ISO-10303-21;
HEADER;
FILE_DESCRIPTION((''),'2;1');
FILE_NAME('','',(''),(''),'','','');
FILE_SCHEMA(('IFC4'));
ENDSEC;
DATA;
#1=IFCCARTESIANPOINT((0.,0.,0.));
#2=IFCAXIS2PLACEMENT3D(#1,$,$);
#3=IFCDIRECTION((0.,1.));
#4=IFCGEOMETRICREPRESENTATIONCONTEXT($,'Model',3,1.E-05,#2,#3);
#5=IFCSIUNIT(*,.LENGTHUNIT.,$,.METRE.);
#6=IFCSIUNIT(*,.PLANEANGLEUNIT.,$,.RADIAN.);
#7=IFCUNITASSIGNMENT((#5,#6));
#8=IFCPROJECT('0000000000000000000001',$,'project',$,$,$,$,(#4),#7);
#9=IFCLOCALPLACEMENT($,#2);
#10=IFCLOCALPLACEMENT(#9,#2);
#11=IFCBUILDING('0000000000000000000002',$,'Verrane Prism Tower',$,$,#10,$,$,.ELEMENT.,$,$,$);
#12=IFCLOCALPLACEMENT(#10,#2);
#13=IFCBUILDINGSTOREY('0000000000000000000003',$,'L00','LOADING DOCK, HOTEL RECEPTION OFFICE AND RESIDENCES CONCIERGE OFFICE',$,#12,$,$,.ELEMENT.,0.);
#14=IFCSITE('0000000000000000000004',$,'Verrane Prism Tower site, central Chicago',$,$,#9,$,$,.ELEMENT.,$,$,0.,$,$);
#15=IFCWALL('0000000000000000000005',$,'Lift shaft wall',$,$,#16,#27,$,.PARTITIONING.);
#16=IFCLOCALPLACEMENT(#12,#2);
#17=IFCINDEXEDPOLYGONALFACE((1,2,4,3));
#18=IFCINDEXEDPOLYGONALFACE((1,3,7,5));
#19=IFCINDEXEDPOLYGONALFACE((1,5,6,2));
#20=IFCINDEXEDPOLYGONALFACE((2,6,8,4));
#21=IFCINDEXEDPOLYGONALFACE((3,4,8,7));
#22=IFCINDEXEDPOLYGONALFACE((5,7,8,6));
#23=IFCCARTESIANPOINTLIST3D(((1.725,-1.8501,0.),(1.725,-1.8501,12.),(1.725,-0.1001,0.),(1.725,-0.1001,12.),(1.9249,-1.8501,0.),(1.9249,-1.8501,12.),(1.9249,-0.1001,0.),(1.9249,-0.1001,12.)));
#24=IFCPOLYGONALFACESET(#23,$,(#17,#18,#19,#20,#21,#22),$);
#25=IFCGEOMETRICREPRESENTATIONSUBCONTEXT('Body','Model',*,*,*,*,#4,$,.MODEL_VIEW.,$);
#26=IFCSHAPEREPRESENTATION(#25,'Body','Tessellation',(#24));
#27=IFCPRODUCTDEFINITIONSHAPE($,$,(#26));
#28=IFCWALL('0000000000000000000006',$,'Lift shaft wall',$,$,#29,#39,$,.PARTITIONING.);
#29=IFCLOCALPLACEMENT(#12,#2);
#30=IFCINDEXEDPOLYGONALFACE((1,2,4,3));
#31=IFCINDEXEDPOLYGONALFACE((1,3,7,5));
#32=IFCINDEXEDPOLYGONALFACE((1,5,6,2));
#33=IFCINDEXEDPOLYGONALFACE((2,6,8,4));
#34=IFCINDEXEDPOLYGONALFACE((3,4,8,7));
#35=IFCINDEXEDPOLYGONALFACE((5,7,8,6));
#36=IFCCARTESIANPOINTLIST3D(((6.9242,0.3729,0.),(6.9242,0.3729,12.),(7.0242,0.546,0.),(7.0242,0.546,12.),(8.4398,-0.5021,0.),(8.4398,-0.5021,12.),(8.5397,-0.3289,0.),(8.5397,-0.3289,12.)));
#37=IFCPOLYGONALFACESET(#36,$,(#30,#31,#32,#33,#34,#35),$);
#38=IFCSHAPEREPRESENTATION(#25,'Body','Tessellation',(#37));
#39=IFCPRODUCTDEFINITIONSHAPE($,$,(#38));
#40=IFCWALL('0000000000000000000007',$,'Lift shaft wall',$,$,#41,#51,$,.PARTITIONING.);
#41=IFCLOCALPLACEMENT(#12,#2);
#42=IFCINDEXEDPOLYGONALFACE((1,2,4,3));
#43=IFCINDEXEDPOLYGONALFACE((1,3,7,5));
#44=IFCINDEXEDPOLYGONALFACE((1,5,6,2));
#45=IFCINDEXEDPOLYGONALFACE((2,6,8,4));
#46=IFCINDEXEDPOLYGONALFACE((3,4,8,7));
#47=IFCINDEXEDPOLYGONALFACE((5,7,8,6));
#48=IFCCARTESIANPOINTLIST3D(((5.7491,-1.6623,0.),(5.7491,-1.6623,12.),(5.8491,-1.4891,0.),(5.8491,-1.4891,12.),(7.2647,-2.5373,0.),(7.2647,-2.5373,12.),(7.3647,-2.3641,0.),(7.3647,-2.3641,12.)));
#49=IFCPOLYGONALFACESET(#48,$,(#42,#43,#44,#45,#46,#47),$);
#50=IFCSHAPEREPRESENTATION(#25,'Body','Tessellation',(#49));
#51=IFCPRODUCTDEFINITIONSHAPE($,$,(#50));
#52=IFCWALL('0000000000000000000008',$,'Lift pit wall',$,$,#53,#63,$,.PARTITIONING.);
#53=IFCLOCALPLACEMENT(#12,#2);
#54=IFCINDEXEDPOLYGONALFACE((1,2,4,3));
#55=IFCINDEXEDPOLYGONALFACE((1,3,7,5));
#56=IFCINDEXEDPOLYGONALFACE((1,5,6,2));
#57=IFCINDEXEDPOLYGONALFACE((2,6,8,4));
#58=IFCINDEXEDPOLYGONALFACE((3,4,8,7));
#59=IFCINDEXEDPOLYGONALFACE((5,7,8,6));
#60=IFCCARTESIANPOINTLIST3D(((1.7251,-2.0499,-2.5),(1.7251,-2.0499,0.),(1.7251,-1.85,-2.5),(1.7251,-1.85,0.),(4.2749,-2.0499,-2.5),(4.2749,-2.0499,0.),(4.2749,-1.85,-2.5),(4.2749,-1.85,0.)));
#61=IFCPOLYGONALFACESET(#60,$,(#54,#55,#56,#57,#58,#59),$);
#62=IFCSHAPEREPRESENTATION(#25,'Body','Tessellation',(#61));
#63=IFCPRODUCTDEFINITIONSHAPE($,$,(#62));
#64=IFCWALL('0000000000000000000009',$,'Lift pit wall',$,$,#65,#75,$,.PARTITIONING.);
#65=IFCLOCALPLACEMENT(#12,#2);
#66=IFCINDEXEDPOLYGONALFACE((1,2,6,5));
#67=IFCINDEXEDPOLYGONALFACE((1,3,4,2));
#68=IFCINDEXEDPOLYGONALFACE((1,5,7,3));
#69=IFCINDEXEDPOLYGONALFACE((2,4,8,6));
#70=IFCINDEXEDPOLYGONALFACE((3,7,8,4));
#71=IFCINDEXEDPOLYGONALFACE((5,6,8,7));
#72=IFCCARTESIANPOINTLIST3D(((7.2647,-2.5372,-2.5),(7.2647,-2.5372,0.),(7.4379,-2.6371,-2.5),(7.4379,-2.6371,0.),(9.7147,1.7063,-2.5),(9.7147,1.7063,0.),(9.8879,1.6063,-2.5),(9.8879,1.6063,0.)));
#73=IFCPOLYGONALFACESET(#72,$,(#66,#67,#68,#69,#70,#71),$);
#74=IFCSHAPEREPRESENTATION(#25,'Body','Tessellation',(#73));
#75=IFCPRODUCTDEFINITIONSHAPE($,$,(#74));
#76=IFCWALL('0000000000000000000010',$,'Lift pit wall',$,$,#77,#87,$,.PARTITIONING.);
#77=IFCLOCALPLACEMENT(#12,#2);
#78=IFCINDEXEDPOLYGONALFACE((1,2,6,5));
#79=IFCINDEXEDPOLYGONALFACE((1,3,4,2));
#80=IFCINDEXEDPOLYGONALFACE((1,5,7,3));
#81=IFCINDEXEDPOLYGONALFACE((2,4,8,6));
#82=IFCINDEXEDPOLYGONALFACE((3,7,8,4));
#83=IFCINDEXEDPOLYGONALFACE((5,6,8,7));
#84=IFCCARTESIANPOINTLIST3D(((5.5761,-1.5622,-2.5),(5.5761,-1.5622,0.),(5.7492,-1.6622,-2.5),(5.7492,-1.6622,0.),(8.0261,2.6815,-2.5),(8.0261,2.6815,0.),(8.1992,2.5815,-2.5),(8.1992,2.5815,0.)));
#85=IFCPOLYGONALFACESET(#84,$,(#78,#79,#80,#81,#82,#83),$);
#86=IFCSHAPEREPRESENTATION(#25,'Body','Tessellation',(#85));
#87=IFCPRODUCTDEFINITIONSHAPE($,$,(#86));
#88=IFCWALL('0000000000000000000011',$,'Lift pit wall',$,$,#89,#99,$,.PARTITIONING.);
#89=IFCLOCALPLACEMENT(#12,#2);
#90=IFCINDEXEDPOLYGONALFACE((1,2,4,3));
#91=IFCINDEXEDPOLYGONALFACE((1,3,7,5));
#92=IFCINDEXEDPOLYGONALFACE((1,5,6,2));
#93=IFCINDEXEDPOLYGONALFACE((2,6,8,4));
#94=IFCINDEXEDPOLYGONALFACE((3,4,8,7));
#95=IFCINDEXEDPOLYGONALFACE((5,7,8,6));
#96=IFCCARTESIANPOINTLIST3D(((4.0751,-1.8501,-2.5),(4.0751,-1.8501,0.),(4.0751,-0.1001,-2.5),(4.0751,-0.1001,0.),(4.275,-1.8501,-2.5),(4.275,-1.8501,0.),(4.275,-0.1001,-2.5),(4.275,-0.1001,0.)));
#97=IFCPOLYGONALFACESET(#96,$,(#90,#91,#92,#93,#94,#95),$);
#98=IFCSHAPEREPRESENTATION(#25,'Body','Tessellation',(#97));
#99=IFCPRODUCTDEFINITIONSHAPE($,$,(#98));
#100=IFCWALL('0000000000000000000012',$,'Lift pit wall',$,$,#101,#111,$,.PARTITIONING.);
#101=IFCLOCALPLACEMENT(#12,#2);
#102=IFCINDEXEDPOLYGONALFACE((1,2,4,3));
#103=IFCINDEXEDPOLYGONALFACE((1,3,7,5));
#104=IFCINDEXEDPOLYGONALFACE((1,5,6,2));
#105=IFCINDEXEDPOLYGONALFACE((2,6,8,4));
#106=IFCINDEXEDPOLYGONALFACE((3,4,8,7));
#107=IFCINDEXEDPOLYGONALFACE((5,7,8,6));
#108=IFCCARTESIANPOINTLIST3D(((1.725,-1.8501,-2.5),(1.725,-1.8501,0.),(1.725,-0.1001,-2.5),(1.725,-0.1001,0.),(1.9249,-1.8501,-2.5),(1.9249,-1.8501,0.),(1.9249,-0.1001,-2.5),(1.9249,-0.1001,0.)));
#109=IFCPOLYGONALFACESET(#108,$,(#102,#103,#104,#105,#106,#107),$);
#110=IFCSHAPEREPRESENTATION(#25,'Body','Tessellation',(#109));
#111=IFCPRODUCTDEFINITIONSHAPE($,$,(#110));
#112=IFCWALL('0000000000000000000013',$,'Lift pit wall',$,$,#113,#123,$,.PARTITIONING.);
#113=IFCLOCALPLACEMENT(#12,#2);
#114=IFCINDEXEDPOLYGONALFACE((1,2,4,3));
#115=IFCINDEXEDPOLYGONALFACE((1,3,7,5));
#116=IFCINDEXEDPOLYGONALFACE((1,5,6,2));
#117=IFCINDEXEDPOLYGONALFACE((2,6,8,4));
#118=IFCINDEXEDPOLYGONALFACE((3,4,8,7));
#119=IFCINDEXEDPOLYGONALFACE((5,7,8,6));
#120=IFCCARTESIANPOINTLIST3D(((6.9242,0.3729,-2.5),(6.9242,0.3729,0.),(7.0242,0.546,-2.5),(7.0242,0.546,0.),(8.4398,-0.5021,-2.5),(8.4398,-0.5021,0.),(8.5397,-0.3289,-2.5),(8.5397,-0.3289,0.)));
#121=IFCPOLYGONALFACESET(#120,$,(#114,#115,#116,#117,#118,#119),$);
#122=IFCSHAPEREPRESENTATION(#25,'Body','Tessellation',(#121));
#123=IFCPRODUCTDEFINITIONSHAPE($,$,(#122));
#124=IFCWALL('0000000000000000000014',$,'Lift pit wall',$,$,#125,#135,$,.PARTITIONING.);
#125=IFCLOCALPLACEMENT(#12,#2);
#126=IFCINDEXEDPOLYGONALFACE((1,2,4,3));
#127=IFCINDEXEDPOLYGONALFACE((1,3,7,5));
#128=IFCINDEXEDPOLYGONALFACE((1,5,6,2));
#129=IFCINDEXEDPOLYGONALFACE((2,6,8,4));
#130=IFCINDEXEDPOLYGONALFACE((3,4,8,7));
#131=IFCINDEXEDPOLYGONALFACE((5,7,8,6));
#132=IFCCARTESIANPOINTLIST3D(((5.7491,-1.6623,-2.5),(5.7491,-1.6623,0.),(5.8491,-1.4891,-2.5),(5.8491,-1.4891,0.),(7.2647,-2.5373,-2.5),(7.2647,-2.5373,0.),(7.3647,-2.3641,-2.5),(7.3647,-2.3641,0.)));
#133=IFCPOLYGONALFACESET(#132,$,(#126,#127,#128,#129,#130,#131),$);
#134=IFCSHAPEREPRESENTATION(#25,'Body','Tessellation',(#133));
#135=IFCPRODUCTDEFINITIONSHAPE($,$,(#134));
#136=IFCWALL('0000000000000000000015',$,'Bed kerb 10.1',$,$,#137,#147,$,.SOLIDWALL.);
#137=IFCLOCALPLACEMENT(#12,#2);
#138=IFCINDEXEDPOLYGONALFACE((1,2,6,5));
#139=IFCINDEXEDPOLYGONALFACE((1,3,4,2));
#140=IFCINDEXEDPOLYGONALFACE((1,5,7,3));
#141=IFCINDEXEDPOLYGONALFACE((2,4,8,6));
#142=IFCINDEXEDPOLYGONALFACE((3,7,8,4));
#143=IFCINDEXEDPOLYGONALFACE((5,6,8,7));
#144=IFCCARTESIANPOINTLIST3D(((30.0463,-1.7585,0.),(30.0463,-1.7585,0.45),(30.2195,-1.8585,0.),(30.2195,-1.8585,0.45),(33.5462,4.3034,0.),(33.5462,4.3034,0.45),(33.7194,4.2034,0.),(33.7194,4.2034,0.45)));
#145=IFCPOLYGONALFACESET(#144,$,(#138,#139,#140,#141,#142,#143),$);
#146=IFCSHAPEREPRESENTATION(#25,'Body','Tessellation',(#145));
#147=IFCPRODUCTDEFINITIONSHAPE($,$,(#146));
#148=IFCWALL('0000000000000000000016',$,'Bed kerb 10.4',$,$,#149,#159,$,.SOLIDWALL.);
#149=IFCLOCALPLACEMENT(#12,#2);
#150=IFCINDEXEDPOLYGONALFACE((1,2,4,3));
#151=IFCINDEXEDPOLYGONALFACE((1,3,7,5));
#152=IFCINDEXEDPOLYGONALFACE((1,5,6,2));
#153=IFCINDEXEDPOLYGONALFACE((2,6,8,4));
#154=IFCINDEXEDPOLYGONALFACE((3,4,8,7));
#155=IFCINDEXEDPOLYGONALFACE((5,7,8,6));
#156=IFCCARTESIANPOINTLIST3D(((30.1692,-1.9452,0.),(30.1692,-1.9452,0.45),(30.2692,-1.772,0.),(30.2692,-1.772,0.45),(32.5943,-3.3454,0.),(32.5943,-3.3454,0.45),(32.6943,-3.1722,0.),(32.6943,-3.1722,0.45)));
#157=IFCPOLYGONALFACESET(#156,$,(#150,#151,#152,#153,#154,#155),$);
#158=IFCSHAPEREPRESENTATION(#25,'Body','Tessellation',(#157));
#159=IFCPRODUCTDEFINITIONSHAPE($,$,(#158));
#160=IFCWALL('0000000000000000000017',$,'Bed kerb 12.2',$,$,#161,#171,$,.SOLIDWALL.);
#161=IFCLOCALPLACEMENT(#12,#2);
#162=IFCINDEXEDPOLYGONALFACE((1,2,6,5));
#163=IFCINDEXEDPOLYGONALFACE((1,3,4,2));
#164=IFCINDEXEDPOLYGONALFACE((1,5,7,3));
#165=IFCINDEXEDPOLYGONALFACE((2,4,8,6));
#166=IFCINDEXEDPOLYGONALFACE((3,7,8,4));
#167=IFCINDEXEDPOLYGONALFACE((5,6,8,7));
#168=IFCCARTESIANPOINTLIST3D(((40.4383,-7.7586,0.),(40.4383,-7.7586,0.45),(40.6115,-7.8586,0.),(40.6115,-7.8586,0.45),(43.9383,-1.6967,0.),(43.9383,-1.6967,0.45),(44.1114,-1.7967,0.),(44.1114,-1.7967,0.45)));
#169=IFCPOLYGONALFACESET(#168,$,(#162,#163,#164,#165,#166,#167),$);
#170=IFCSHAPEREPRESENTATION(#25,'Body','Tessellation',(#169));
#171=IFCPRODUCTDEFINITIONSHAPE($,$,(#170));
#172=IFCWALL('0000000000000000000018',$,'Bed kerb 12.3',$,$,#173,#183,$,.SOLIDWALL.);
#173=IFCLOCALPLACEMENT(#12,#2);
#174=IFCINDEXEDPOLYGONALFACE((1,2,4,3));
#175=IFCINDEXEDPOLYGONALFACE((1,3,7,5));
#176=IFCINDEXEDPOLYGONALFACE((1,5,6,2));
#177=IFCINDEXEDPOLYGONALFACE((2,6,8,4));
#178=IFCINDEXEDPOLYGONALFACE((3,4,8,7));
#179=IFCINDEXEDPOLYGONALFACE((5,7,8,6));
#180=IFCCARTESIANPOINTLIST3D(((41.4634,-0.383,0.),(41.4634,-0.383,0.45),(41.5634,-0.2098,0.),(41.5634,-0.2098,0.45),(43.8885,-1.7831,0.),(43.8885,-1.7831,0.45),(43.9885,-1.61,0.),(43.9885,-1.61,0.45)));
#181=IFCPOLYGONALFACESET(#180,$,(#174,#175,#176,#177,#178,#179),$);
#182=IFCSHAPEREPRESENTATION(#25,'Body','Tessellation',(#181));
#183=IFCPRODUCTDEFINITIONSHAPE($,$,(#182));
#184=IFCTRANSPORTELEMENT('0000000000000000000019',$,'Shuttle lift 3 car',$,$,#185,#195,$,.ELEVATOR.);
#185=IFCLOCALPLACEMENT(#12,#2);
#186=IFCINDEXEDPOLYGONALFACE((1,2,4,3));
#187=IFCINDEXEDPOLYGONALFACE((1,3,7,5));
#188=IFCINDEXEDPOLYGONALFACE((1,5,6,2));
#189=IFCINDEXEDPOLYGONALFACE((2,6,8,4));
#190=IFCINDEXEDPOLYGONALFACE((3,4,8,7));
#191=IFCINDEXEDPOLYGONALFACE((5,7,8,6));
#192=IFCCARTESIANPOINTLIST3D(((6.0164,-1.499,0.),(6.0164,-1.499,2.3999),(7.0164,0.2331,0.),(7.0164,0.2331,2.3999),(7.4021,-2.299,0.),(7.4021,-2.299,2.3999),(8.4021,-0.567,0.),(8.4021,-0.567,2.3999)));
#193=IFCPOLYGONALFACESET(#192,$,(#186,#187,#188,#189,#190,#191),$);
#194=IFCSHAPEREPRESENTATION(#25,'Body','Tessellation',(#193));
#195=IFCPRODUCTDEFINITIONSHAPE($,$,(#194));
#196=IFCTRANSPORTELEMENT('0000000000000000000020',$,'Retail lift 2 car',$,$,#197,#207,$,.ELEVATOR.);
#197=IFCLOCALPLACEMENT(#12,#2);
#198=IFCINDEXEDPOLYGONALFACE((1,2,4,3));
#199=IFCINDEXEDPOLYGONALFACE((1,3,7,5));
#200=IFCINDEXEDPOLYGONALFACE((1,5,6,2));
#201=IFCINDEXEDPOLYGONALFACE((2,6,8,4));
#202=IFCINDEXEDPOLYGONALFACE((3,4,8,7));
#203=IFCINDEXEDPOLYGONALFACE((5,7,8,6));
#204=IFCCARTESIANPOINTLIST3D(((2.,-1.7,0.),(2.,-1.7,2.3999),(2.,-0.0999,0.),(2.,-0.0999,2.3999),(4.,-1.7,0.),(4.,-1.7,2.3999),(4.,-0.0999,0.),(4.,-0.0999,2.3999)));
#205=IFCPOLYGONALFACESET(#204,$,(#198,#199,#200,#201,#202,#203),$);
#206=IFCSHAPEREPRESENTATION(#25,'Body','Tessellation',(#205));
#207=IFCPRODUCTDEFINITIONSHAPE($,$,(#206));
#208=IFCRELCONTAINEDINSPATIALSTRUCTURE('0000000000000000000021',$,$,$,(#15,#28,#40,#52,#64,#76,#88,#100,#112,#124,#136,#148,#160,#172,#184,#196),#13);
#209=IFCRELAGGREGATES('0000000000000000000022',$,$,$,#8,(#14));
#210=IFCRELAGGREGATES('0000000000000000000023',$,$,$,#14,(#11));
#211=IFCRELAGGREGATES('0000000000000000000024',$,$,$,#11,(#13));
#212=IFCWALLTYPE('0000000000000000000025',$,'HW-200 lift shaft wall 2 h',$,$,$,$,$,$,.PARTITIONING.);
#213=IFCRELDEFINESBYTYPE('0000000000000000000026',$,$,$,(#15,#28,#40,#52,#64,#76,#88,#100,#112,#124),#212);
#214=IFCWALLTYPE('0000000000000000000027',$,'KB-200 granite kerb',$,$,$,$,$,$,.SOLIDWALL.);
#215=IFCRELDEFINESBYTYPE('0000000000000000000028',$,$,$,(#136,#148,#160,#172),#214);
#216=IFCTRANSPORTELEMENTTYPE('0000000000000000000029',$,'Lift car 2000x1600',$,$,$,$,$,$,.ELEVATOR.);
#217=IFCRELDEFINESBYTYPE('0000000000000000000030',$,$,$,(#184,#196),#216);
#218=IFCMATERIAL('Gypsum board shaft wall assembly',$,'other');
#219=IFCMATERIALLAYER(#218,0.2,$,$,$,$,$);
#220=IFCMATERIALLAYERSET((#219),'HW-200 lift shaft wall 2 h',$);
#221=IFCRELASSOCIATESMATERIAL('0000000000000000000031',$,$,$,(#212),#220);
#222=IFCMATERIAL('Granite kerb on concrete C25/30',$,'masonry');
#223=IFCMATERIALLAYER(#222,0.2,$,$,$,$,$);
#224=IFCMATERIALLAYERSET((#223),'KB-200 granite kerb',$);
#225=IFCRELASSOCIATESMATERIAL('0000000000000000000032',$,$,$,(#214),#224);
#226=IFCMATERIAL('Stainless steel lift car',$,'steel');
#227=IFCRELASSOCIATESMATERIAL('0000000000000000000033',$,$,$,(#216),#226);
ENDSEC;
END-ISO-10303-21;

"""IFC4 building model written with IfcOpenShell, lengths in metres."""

from ifc_helpers import new_model, si_unit, direction, frame, frame_2d, origin, origin_2d, place, context, subcontext, project, spatial, rectangle, extrude, material, layer, layer_set, type_object, element, save


model = new_model("IFC4")

# Units and contexts
model_context = context("Model", 3, precision=1e-05, world=origin(), true_north=direction((0.0, 1.0)))
body_context = subcontext(model_context, "Body", "Model", "MODEL_VIEW")
ifc_project = project(units=[si_unit("LENGTHUNIT", "METRE"), si_unit("PLANEANGLEUNIT", "RADIAN")], contexts=[model_context])

# Site, building, storey
site_placement = place(None, origin())
site = spatial("IfcSite", under=ifc_project, at=site_placement, Name="Verrane Prism Tower site, central Chicago", CompositionType="ELEMENT", RefElevation=0.0)
building_placement = place(site_placement, origin())
building = spatial("IfcBuilding", under=site, at=building_placement, Name="Verrane Prism Tower", CompositionType="ELEMENT")
storey_placement = place(building_placement, origin())
storey = spatial("IfcBuildingStorey", under=building, at=storey_placement, Name="L00", Description="LOADING DOCK, HOTEL RECEPTION OFFICE AND RESIDENCES CONCIERGE OFFICE", CompositionType="ELEMENT", Elevation=0.0)

# Shared definitions
ifc_material_1 = material(Name="Gypsum board shaft wall assembly", Category="other")
ifc_layer_1 = layer(ifc_material_1, 0.2)
ifc_layer_set_1 = layer_set([ifc_layer_1], Name="HW-200 lift shaft wall 2 h")
wall_type_1 = type_object("IfcWallType", Name="HW-200 lift shaft wall 2 h", PredefinedType="PARTITIONING", material=ifc_layer_set_1)

# Walls
for number, where, z_axis, x_axis, name in (
    (1, (1.825, -1.8501, 0.0), (0.0, 0.0, 1.0), (0.0, 1.0, 0.0), "Lift shaft wall"),
    (2, (8.4897, -0.4155, 0.0), (0.0, 0.0, 1.0), (-0.866037, 0.49998, 0.0), "Lift shaft wall"),
    (3, (7.3147, -2.4507, 0.0), (0.0, 0.0, 1.0), (-0.866037, 0.49998, 0.0), "Lift shaft wall"),
):
    element("IfcWall", number, at=place(storey_placement, frame(where, z_axis=z_axis, x_axis=x_axis)), inside=storey, type_object=wall_type_1, Name=name, PredefinedType="PARTITIONING", context=body_context, shape_type="SweptSolid", body=[
        extrude(rectangle(XDim=1.75, YDim=0.2, at=frame_2d((0.875, 0.0))), origin(), (0.0, 0.0, 1.0), 12.0),
    ])
wall_1_placement = place(storey_placement, frame((1.7251, -1.95, -2.5), z_axis=(0.0, 0.0, 1.0), x_axis=(1.0, 0.0, 0.0)))
element("IfcWall", 4, at=wall_1_placement, inside=storey, type_object=wall_type_1, Name="Lift pit wall", PredefinedType="PARTITIONING", context=body_context, shape_type="SweptSolid", body=[
    extrude(rectangle(XDim=2.5498, YDim=0.2, at=frame_2d((1.2749, 0.0))), origin(), (0.0, 0.0, 1.0), 2.5),
])
wall_2_placement = place(storey_placement, frame((7.3513, -2.5872, -2.5), z_axis=(0.0, 0.0, 1.0), x_axis=(0.500003, 0.866024, 0.0)))
element("IfcWall", 5, at=wall_2_placement, inside=storey, type_object=wall_type_1, Name="Lift pit wall", PredefinedType="PARTITIONING", context=body_context, shape_type="SweptSolid", body=[
    extrude(rectangle(XDim=4.8999, YDim=0.2, at=frame_2d((2.45, 0.0))), origin(), (0.0, 0.0, 1.0), 2.5),
])
wall_3_placement = place(storey_placement, frame((5.6626, -1.6123, -2.5), z_axis=(0.0, 0.0, 1.0), x_axis=(0.499981, 0.866036, 0.0)))
element("IfcWall", 6, at=wall_3_placement, inside=storey, type_object=wall_type_1, Name="Lift pit wall", PredefinedType="PARTITIONING", context=body_context, shape_type="SweptSolid", body=[
    extrude(rectangle(XDim=4.9001, YDim=0.2, at=frame_2d((2.4502, 0.0))), origin(), (0.0, 0.0, 1.0), 2.5),
])
for number, where, z_axis, x_axis, name in (
    (7, (4.175, -1.8501, -2.5), (0.0, 0.0, 1.0), (0.0, 1.0, 0.0), "Lift pit wall"),
    (8, (1.825, -1.8501, -2.5), (0.0, 0.0, 1.0), (0.0, 1.0, 0.0), "Lift pit wall"),
    (9, (8.4897, -0.4155, -2.5), (0.0, 0.0, 1.0), (-0.866037, 0.49998, 0.0), "Lift pit wall"),
    (10, (7.3147, -2.4507, -2.5), (0.0, 0.0, 1.0), (-0.866037, 0.49998, 0.0), "Lift pit wall"),
):
    element("IfcWall", number, at=place(storey_placement, frame(where, z_axis=z_axis, x_axis=x_axis)), inside=storey, type_object=wall_type_1, Name=name, PredefinedType="PARTITIONING", context=body_context, shape_type="SweptSolid", body=[
        extrude(rectangle(XDim=1.75, YDim=0.2, at=frame_2d((0.875, 0.0))), origin(), (0.0, 0.0, 1.0), 2.5),
    ])
ifc_material_2 = material(Name="Granite kerb on concrete C25/30", Category="masonry")
ifc_layer_2 = layer(ifc_material_2, 0.2)
ifc_layer_set_2 = layer_set([ifc_layer_2], Name="KB-200 granite kerb")
wall_type_2 = type_object("IfcWallType", Name="KB-200 granite kerb", PredefinedType="SOLIDWALL", material=ifc_layer_set_2)
wall_4_placement = place(storey_placement, frame((30.1328, -1.8086, 0.0), z_axis=(0.0, 0.0, 1.0), x_axis=(0.50001, 0.866019, 0.0)))
element("IfcWall", 11, at=wall_4_placement, inside=storey, type_object=wall_type_2, Name="Bed kerb 10.1", PredefinedType="SOLIDWALL", context=body_context, shape_type="SweptSolid", body=[
    extrude(rectangle(XDim=6.9998, YDim=0.2, at=frame_2d((3.5, 0.0))), origin(), (0.0, 0.0, 1.0), 0.45),
])
wall_5_placement = place(storey_placement, frame((32.6443, -3.2588, 0.0), z_axis=(0.0, 0.0, 1.0), x_axis=(-0.866019, 0.500012, 0.0)))
element("IfcWall", 12, at=wall_5_placement, inside=storey, type_object=wall_type_2, Name="Bed kerb 10.4", PredefinedType="SOLIDWALL", context=body_context, shape_type="SweptSolid", body=[
    extrude(rectangle(XDim=2.8003, YDim=0.2, at=frame_2d((1.4001, 0.0))), origin(), (0.0, 0.0, 1.0), 0.45),
])
wall_6_placement = place(storey_placement, frame((44.0249, -1.7466, 0.0), z_axis=(0.0, 0.0, 1.0), x_axis=(-0.50001, -0.866019, 0.0)))
element("IfcWall", 13, at=wall_6_placement, inside=storey, type_object=wall_type_2, Name="Bed kerb 12.2", PredefinedType="SOLIDWALL", context=body_context, shape_type="SweptSolid", body=[
    extrude(rectangle(XDim=6.9998, YDim=0.2, at=frame_2d((3.5, 0.0))), origin(), (0.0, 0.0, 1.0), 0.45),
])
wall_7_placement = place(storey_placement, frame((41.5134, -0.2964, 0.0), z_axis=(0.0, 0.0, 1.0), x_axis=(0.866019, -0.500012, 0.0)))
element("IfcWall", 14, at=wall_7_placement, inside=storey, type_object=wall_type_2, Name="Bed kerb 12.3", PredefinedType="SOLIDWALL", context=body_context, shape_type="SweptSolid", body=[
    extrude(rectangle(XDim=2.8003, YDim=0.2, at=frame_2d((1.4001, 0.0))), origin(), (0.0, 0.0, 1.0), 0.45),
])

# Transport elements
ifc_material_3 = material(Name="Stainless steel lift car", Category="steel")
transport_element_type = type_object("IfcTransportElementType", Name="Lift car 2000x1600", PredefinedType="ELEVATOR", material=ifc_material_3)
for number, where, z_axis, x_axis, name in (
    (15, (7.2092, -1.033, 0.0), (0.0, 0.0, 1.0), (0.5, 0.866025, 0.0), "Shuttle lift 3 car"),
    (16, (3.0, -0.8999, 0.0), (0.0, 0.0, 1.0), (-1.0, 0.0, 0.0), "Retail lift 2 car"),
):
    element("IfcTransportElement", number, at=place(storey_placement, frame(where, z_axis=z_axis, x_axis=x_axis)), inside=storey, type_object=transport_element_type, Name=name, PredefinedType="ELEVATOR", context=body_context, shape_type="SweptSolid", body=[
        extrude(rectangle(XDim=2.0, YDim=1.6001, at=origin_2d()), origin(), (0.0, 0.0, 1.0), 2.3999),
    ])

save(model, "model.ifc")
